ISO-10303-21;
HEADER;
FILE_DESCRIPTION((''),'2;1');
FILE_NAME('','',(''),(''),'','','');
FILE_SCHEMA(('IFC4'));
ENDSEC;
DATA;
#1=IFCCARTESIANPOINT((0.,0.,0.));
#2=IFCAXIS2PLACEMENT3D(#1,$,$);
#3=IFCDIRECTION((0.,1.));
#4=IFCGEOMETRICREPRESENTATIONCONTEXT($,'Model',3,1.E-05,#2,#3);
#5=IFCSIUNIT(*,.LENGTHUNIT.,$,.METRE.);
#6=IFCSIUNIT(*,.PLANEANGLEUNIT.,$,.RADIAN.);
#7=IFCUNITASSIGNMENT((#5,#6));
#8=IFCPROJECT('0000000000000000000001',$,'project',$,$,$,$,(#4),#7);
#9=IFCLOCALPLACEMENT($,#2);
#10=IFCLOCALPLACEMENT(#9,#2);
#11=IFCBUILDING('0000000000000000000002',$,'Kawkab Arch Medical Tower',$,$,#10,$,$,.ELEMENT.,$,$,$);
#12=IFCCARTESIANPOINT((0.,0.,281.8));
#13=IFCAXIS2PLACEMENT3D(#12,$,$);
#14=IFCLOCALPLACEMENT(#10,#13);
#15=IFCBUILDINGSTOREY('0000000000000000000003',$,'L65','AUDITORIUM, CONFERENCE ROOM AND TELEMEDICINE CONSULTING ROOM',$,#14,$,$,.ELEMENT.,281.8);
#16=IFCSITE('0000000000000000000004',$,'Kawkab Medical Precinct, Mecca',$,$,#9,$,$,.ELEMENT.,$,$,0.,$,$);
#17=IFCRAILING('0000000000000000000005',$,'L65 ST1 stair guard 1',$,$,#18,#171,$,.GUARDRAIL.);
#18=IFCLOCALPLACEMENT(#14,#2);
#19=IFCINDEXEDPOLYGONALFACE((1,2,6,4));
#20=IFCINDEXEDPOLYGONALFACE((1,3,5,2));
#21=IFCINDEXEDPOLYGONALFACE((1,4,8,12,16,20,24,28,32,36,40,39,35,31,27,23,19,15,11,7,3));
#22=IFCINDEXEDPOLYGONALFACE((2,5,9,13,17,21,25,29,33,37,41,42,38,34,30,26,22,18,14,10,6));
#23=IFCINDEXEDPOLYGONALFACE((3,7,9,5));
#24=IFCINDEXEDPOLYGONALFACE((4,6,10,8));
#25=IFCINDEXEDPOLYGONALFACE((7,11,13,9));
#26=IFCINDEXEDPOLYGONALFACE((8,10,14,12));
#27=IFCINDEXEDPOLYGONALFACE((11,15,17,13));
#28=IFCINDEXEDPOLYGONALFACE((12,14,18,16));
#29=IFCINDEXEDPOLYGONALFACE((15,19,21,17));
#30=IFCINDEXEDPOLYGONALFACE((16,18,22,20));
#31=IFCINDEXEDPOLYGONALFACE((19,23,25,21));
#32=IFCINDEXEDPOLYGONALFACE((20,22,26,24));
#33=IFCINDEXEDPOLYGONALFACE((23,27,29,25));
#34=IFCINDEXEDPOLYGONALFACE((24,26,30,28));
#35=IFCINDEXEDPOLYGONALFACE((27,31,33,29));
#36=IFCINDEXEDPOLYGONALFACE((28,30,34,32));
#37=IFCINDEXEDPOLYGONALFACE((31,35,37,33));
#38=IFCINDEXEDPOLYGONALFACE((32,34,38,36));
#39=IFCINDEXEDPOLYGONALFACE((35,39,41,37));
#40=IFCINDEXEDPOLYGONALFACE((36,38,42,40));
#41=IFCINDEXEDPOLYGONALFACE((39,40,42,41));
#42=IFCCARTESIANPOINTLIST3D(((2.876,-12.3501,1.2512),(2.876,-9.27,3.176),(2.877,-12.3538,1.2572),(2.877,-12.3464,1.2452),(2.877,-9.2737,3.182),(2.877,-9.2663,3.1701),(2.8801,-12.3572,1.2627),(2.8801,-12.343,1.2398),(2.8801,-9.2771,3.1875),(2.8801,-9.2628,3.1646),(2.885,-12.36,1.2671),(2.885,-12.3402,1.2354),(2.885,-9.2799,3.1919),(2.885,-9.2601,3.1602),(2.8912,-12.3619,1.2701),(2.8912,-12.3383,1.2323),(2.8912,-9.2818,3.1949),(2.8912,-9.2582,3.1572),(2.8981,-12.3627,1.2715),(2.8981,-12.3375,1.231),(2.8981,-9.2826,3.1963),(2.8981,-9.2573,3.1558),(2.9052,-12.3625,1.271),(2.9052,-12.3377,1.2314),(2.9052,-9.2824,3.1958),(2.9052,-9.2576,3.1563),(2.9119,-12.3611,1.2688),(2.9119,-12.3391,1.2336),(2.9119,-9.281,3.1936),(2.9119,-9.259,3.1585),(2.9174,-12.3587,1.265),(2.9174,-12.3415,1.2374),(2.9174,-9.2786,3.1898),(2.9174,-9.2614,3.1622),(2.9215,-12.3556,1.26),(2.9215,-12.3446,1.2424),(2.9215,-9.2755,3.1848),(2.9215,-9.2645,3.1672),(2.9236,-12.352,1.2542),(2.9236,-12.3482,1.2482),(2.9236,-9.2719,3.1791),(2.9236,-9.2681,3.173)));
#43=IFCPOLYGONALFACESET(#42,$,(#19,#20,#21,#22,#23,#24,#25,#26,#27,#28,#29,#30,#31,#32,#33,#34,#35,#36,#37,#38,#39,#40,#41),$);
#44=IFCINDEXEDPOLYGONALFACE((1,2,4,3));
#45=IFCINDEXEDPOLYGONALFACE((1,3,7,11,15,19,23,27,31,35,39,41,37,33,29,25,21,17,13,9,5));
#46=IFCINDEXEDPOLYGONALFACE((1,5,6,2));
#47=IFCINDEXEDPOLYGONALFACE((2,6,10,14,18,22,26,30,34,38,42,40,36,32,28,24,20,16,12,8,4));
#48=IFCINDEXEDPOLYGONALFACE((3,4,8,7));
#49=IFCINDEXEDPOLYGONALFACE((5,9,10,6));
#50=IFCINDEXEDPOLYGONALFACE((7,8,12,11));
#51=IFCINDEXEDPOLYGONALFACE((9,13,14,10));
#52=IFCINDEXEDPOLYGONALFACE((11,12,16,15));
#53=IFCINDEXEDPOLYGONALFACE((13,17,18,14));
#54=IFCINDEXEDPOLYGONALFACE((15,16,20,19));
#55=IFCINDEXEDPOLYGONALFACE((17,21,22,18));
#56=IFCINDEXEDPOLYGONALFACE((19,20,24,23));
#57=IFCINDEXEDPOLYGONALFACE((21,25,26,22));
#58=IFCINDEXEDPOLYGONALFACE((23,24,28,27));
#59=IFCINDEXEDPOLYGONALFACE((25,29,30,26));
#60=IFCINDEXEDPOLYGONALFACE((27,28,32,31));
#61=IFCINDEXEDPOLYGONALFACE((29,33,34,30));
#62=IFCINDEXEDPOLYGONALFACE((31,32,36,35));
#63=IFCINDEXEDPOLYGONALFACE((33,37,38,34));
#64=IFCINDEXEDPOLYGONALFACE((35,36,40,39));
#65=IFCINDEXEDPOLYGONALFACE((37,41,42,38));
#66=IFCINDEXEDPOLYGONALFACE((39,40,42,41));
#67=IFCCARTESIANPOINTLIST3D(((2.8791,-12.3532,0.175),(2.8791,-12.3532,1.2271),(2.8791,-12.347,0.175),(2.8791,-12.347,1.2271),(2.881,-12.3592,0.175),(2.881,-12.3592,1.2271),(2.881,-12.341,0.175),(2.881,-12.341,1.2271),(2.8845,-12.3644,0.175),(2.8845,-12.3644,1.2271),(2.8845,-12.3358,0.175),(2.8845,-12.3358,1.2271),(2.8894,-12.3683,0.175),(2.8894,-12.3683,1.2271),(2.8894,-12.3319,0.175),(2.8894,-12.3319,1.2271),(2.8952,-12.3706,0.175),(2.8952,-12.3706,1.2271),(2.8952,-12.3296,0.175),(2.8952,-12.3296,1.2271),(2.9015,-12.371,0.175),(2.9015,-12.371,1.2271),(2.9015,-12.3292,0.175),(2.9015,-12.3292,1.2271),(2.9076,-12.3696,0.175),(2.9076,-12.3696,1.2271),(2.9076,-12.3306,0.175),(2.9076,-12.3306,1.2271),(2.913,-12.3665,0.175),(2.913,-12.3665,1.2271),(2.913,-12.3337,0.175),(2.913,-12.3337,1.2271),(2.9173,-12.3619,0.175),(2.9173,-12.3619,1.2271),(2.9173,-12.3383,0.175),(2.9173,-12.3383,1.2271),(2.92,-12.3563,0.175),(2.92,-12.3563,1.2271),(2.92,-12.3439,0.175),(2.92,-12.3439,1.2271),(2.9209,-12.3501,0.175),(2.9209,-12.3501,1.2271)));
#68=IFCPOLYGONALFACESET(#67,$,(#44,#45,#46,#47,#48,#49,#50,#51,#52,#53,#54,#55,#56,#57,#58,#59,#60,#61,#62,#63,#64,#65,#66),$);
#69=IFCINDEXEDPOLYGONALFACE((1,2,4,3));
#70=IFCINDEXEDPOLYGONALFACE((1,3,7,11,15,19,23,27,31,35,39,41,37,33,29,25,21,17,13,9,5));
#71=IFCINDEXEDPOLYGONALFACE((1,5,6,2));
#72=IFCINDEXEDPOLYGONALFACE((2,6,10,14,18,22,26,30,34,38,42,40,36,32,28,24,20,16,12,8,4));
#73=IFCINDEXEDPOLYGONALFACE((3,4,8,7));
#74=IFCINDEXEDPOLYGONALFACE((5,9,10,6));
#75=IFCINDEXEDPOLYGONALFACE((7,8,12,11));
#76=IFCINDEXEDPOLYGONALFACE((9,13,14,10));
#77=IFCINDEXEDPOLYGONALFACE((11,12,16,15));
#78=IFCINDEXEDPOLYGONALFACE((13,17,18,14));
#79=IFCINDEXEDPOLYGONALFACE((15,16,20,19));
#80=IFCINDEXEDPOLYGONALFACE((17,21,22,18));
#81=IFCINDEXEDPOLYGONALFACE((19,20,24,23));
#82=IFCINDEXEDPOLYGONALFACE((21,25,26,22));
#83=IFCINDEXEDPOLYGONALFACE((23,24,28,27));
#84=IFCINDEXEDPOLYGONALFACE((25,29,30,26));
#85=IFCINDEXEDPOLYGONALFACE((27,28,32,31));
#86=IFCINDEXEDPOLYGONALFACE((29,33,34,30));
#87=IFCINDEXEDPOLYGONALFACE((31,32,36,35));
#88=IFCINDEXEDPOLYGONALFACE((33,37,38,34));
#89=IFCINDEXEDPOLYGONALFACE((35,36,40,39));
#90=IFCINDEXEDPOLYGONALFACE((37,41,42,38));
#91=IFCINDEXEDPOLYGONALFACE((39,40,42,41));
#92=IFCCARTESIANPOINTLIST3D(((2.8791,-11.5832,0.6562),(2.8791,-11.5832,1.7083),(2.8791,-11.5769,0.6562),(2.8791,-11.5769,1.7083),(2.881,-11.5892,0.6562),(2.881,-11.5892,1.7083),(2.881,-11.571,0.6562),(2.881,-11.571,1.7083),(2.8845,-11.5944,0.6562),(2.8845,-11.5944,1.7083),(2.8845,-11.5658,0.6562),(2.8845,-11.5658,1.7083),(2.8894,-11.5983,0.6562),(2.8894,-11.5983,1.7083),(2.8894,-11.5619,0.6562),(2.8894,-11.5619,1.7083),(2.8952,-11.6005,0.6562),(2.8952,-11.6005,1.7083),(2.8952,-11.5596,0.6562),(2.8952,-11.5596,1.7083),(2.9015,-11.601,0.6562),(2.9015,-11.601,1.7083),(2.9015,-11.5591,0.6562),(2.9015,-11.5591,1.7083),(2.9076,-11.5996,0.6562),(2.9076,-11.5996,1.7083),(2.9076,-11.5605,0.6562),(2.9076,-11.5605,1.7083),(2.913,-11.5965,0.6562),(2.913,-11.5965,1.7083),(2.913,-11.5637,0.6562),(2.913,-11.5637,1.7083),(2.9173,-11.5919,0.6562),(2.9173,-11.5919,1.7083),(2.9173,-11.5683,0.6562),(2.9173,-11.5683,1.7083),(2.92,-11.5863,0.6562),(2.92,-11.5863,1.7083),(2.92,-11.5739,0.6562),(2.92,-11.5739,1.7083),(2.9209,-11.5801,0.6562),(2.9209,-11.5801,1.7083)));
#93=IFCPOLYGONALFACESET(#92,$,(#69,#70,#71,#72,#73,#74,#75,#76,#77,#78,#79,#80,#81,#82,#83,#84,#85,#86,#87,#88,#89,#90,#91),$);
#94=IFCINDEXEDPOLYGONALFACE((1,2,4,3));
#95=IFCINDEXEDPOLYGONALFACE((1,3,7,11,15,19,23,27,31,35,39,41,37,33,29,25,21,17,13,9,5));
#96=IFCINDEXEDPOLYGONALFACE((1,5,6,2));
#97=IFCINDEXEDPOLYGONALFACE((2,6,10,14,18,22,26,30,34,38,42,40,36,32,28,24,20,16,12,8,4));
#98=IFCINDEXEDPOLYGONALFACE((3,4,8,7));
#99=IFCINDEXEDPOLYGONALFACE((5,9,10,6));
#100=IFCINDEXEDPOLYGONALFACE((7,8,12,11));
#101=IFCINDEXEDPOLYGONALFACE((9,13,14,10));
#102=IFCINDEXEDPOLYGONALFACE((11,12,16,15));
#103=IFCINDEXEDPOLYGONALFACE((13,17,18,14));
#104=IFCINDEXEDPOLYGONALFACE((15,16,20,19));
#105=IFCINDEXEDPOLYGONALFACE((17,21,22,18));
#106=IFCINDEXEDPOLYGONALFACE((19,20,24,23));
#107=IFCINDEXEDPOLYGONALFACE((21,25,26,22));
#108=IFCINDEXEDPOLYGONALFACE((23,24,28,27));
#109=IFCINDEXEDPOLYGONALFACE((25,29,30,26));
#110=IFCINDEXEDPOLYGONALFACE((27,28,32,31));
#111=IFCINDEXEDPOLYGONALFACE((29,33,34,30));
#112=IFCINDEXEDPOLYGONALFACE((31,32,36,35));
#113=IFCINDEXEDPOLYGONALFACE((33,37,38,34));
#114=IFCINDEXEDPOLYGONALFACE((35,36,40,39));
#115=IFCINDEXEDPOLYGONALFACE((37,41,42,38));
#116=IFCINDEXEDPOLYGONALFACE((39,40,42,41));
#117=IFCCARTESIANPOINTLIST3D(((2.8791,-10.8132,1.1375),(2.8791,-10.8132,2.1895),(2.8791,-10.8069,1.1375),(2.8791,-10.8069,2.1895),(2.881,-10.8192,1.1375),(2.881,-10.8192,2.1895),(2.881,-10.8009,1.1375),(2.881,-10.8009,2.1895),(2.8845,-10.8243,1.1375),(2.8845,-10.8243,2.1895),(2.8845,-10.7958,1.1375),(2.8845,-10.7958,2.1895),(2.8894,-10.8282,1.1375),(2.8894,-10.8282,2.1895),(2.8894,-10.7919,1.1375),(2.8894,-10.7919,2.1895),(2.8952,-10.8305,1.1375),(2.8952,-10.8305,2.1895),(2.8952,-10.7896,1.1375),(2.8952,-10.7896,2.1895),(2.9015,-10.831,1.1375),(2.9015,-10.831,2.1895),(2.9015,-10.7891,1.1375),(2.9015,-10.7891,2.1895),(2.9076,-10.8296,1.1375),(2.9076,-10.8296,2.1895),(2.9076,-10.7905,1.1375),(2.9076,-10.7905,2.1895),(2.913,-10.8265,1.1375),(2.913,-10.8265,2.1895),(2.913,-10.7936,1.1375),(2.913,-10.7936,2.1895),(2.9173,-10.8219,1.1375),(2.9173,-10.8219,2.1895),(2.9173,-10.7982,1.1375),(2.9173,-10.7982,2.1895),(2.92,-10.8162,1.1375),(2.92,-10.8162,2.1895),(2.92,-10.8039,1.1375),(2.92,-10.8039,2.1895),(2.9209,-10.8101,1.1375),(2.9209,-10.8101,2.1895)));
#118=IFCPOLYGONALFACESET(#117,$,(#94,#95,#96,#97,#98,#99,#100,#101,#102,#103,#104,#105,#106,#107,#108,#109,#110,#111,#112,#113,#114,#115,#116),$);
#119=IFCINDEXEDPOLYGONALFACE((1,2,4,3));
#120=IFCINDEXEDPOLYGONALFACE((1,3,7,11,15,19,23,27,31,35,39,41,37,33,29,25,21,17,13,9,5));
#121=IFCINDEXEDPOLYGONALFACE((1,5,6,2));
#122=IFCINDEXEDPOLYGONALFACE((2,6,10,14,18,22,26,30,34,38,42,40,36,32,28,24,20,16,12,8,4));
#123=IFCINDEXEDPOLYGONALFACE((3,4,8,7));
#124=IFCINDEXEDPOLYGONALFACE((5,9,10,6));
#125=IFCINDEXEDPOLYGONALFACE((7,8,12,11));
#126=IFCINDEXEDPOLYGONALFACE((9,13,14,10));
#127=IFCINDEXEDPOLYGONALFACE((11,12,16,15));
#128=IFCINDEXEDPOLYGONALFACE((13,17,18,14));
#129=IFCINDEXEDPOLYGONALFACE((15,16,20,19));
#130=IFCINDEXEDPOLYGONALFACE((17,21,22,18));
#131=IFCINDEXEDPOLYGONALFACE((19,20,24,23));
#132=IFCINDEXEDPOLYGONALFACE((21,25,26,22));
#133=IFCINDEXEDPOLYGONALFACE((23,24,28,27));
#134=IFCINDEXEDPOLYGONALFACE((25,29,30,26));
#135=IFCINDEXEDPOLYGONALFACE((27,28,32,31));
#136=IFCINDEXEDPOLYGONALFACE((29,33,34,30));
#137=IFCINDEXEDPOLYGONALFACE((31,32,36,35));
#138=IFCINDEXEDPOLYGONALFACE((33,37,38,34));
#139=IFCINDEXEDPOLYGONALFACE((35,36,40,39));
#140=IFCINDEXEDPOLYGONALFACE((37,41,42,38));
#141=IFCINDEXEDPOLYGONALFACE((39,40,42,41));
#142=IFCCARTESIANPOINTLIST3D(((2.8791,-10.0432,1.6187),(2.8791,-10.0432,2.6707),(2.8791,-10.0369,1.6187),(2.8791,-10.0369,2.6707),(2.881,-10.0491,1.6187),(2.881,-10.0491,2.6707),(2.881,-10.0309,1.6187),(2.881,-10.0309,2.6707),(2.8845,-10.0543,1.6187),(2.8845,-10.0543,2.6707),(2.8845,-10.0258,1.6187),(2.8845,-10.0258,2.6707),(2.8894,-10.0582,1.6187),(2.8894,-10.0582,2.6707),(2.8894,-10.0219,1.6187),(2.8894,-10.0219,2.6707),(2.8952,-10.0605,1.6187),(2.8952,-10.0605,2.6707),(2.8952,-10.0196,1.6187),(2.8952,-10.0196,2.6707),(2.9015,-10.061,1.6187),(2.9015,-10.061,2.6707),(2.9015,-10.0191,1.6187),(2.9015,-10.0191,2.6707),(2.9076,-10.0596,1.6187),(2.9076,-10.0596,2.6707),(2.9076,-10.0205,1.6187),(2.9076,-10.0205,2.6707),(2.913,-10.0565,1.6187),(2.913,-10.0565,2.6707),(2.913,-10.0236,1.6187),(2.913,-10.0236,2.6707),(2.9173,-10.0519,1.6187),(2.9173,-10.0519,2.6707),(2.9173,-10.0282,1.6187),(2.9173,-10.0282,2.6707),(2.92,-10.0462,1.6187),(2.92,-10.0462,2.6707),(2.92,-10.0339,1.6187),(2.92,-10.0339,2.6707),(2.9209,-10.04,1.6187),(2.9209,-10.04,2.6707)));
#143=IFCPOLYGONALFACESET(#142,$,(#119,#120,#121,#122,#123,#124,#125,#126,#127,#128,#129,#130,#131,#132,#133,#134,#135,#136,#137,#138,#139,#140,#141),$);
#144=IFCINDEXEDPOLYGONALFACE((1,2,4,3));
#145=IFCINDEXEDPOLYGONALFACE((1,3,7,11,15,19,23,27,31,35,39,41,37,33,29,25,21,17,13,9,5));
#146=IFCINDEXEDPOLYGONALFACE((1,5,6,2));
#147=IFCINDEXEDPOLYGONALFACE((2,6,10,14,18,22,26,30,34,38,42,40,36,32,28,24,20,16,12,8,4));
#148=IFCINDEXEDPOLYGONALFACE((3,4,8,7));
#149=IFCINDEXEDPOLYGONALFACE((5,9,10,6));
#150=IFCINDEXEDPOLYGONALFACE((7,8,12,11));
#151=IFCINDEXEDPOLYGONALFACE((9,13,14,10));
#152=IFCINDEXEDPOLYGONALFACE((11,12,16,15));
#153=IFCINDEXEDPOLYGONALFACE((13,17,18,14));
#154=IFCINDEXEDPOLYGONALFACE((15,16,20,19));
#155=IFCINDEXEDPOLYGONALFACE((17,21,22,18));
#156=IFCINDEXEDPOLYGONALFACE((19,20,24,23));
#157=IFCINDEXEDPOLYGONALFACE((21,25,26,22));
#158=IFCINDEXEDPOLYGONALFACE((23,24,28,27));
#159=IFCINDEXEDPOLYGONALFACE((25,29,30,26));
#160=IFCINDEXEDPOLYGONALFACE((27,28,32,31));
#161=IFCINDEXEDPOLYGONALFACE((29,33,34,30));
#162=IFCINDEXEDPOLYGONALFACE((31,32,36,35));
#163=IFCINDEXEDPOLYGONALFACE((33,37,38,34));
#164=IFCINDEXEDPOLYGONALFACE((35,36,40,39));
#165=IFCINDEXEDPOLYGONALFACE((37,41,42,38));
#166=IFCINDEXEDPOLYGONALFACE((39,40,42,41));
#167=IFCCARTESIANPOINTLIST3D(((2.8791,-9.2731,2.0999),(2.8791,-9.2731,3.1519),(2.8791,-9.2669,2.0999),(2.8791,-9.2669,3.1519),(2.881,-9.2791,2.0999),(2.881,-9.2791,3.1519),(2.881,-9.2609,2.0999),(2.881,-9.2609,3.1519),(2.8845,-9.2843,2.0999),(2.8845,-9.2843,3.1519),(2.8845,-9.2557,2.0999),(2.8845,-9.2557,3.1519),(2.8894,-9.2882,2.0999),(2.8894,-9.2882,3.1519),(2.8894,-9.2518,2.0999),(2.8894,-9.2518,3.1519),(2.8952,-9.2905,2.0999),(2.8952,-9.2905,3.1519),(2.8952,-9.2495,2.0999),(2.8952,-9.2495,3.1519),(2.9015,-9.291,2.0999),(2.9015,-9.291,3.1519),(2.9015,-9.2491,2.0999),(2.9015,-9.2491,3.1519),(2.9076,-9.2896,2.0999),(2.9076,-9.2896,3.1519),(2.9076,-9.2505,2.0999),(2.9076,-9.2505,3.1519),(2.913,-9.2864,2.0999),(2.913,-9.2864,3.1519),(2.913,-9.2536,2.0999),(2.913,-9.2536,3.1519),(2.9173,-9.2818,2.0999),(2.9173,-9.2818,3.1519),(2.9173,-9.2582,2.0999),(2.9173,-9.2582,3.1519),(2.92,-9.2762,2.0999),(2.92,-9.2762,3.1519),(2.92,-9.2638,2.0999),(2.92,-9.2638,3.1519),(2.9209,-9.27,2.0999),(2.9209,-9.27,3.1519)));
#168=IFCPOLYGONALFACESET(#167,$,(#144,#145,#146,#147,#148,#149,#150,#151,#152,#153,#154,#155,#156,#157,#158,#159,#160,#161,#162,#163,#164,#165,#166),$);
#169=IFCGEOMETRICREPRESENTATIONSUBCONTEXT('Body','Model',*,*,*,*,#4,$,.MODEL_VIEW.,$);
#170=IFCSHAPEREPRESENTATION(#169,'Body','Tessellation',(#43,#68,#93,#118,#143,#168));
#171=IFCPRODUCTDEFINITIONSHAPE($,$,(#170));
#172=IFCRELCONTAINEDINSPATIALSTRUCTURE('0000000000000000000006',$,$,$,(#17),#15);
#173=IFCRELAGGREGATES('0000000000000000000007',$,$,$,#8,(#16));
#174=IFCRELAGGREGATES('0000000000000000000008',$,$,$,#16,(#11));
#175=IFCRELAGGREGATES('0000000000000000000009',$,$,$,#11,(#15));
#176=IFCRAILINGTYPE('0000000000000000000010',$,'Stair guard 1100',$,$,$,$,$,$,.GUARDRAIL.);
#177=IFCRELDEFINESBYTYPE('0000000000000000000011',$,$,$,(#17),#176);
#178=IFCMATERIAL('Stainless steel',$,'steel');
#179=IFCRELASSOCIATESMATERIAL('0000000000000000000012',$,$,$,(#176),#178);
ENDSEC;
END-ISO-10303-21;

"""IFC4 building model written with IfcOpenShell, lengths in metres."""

from ifc_helpers import new_model, si_unit, direction, frame, origin, origin_2d, place, context, subcontext, project, spatial, circle, extrude, material, type_object, element, save


model = new_model("IFC4")

# Units and contexts
model_context = context("Model", 3, precision=1e-05, world=origin(), true_north=direction((0.0, 1.0)))
body_context = subcontext(model_context, "Body", "Model", "MODEL_VIEW")
ifc_project = project(units=[si_unit("LENGTHUNIT", "METRE"), si_unit("PLANEANGLEUNIT", "RADIAN")], contexts=[model_context])

# Site, building, storey
site_placement = place(None, origin())
site = spatial("IfcSite", under=ifc_project, at=site_placement, Name="Kawkab Medical Precinct, Mecca", CompositionType="ELEMENT", RefElevation=0.0)
building_placement = place(site_placement, origin())
building = spatial("IfcBuilding", under=site, at=building_placement, Name="Kawkab Arch Medical Tower", CompositionType="ELEMENT")
storey_placement = place(building_placement, frame((0.0, 0.0, 281.8)))
storey = spatial("IfcBuildingStorey", under=building, at=storey_placement, Name="L65", Description="AUDITORIUM, CONFERENCE ROOM AND TELEMEDICINE CONSULTING ROOM", CompositionType="ELEMENT", Elevation=281.8)

# Railing
ifc_material_1 = material(Name="Stainless steel", Category="steel")
railing_type_1 = type_object("IfcRailingType", Name="Stair guard 1100", PredefinedType="GUARDRAIL", material=ifc_material_1)
railing_1_placement = place(storey_placement, frame((2.8999, -12.3501, 0.175)))
element("IfcRailing", 1, at=railing_1_placement, inside=storey, type_object=railing_type_1, Name="L65 ST1 stair guard 1", PredefinedType="GUARDRAIL", context=body_context, shape_type="SweptSolid", body=[
    extrude(circle(Radius=0.0239, at=origin_2d()), frame((0.0, 0.0, 1.0762), z_axis=(0.0, 0.848029, 0.529951), x_axis=(-1.0, 0.0, 0.0)), (0.0, 0.0, 1.0), 3.6321),
    extrude(circle(Radius=0.021, at=origin_2d()), origin(), (0.0, 0.0, 1.0), 1.052),
    extrude(circle(Radius=0.021, at=origin_2d()), frame((0.0, 0.77, 0.4812)), (0.0, 0.0, 1.0), 1.052),
    extrude(circle(Radius=0.021, at=origin_2d()), frame((0.0, 1.54, 0.9624)), (0.0, 0.0, 1.0), 1.052),
    extrude(circle(Radius=0.021, at=origin_2d()), frame((0.0, 2.3101, 1.4436)), (0.0, 0.0, 1.0), 1.052),
    extrude(circle(Radius=0.021, at=origin_2d()), frame((0.0, 3.0801, 1.9248)), (0.0, 0.0, 1.0), 1.052),
])

save(model, "model.ifc")
